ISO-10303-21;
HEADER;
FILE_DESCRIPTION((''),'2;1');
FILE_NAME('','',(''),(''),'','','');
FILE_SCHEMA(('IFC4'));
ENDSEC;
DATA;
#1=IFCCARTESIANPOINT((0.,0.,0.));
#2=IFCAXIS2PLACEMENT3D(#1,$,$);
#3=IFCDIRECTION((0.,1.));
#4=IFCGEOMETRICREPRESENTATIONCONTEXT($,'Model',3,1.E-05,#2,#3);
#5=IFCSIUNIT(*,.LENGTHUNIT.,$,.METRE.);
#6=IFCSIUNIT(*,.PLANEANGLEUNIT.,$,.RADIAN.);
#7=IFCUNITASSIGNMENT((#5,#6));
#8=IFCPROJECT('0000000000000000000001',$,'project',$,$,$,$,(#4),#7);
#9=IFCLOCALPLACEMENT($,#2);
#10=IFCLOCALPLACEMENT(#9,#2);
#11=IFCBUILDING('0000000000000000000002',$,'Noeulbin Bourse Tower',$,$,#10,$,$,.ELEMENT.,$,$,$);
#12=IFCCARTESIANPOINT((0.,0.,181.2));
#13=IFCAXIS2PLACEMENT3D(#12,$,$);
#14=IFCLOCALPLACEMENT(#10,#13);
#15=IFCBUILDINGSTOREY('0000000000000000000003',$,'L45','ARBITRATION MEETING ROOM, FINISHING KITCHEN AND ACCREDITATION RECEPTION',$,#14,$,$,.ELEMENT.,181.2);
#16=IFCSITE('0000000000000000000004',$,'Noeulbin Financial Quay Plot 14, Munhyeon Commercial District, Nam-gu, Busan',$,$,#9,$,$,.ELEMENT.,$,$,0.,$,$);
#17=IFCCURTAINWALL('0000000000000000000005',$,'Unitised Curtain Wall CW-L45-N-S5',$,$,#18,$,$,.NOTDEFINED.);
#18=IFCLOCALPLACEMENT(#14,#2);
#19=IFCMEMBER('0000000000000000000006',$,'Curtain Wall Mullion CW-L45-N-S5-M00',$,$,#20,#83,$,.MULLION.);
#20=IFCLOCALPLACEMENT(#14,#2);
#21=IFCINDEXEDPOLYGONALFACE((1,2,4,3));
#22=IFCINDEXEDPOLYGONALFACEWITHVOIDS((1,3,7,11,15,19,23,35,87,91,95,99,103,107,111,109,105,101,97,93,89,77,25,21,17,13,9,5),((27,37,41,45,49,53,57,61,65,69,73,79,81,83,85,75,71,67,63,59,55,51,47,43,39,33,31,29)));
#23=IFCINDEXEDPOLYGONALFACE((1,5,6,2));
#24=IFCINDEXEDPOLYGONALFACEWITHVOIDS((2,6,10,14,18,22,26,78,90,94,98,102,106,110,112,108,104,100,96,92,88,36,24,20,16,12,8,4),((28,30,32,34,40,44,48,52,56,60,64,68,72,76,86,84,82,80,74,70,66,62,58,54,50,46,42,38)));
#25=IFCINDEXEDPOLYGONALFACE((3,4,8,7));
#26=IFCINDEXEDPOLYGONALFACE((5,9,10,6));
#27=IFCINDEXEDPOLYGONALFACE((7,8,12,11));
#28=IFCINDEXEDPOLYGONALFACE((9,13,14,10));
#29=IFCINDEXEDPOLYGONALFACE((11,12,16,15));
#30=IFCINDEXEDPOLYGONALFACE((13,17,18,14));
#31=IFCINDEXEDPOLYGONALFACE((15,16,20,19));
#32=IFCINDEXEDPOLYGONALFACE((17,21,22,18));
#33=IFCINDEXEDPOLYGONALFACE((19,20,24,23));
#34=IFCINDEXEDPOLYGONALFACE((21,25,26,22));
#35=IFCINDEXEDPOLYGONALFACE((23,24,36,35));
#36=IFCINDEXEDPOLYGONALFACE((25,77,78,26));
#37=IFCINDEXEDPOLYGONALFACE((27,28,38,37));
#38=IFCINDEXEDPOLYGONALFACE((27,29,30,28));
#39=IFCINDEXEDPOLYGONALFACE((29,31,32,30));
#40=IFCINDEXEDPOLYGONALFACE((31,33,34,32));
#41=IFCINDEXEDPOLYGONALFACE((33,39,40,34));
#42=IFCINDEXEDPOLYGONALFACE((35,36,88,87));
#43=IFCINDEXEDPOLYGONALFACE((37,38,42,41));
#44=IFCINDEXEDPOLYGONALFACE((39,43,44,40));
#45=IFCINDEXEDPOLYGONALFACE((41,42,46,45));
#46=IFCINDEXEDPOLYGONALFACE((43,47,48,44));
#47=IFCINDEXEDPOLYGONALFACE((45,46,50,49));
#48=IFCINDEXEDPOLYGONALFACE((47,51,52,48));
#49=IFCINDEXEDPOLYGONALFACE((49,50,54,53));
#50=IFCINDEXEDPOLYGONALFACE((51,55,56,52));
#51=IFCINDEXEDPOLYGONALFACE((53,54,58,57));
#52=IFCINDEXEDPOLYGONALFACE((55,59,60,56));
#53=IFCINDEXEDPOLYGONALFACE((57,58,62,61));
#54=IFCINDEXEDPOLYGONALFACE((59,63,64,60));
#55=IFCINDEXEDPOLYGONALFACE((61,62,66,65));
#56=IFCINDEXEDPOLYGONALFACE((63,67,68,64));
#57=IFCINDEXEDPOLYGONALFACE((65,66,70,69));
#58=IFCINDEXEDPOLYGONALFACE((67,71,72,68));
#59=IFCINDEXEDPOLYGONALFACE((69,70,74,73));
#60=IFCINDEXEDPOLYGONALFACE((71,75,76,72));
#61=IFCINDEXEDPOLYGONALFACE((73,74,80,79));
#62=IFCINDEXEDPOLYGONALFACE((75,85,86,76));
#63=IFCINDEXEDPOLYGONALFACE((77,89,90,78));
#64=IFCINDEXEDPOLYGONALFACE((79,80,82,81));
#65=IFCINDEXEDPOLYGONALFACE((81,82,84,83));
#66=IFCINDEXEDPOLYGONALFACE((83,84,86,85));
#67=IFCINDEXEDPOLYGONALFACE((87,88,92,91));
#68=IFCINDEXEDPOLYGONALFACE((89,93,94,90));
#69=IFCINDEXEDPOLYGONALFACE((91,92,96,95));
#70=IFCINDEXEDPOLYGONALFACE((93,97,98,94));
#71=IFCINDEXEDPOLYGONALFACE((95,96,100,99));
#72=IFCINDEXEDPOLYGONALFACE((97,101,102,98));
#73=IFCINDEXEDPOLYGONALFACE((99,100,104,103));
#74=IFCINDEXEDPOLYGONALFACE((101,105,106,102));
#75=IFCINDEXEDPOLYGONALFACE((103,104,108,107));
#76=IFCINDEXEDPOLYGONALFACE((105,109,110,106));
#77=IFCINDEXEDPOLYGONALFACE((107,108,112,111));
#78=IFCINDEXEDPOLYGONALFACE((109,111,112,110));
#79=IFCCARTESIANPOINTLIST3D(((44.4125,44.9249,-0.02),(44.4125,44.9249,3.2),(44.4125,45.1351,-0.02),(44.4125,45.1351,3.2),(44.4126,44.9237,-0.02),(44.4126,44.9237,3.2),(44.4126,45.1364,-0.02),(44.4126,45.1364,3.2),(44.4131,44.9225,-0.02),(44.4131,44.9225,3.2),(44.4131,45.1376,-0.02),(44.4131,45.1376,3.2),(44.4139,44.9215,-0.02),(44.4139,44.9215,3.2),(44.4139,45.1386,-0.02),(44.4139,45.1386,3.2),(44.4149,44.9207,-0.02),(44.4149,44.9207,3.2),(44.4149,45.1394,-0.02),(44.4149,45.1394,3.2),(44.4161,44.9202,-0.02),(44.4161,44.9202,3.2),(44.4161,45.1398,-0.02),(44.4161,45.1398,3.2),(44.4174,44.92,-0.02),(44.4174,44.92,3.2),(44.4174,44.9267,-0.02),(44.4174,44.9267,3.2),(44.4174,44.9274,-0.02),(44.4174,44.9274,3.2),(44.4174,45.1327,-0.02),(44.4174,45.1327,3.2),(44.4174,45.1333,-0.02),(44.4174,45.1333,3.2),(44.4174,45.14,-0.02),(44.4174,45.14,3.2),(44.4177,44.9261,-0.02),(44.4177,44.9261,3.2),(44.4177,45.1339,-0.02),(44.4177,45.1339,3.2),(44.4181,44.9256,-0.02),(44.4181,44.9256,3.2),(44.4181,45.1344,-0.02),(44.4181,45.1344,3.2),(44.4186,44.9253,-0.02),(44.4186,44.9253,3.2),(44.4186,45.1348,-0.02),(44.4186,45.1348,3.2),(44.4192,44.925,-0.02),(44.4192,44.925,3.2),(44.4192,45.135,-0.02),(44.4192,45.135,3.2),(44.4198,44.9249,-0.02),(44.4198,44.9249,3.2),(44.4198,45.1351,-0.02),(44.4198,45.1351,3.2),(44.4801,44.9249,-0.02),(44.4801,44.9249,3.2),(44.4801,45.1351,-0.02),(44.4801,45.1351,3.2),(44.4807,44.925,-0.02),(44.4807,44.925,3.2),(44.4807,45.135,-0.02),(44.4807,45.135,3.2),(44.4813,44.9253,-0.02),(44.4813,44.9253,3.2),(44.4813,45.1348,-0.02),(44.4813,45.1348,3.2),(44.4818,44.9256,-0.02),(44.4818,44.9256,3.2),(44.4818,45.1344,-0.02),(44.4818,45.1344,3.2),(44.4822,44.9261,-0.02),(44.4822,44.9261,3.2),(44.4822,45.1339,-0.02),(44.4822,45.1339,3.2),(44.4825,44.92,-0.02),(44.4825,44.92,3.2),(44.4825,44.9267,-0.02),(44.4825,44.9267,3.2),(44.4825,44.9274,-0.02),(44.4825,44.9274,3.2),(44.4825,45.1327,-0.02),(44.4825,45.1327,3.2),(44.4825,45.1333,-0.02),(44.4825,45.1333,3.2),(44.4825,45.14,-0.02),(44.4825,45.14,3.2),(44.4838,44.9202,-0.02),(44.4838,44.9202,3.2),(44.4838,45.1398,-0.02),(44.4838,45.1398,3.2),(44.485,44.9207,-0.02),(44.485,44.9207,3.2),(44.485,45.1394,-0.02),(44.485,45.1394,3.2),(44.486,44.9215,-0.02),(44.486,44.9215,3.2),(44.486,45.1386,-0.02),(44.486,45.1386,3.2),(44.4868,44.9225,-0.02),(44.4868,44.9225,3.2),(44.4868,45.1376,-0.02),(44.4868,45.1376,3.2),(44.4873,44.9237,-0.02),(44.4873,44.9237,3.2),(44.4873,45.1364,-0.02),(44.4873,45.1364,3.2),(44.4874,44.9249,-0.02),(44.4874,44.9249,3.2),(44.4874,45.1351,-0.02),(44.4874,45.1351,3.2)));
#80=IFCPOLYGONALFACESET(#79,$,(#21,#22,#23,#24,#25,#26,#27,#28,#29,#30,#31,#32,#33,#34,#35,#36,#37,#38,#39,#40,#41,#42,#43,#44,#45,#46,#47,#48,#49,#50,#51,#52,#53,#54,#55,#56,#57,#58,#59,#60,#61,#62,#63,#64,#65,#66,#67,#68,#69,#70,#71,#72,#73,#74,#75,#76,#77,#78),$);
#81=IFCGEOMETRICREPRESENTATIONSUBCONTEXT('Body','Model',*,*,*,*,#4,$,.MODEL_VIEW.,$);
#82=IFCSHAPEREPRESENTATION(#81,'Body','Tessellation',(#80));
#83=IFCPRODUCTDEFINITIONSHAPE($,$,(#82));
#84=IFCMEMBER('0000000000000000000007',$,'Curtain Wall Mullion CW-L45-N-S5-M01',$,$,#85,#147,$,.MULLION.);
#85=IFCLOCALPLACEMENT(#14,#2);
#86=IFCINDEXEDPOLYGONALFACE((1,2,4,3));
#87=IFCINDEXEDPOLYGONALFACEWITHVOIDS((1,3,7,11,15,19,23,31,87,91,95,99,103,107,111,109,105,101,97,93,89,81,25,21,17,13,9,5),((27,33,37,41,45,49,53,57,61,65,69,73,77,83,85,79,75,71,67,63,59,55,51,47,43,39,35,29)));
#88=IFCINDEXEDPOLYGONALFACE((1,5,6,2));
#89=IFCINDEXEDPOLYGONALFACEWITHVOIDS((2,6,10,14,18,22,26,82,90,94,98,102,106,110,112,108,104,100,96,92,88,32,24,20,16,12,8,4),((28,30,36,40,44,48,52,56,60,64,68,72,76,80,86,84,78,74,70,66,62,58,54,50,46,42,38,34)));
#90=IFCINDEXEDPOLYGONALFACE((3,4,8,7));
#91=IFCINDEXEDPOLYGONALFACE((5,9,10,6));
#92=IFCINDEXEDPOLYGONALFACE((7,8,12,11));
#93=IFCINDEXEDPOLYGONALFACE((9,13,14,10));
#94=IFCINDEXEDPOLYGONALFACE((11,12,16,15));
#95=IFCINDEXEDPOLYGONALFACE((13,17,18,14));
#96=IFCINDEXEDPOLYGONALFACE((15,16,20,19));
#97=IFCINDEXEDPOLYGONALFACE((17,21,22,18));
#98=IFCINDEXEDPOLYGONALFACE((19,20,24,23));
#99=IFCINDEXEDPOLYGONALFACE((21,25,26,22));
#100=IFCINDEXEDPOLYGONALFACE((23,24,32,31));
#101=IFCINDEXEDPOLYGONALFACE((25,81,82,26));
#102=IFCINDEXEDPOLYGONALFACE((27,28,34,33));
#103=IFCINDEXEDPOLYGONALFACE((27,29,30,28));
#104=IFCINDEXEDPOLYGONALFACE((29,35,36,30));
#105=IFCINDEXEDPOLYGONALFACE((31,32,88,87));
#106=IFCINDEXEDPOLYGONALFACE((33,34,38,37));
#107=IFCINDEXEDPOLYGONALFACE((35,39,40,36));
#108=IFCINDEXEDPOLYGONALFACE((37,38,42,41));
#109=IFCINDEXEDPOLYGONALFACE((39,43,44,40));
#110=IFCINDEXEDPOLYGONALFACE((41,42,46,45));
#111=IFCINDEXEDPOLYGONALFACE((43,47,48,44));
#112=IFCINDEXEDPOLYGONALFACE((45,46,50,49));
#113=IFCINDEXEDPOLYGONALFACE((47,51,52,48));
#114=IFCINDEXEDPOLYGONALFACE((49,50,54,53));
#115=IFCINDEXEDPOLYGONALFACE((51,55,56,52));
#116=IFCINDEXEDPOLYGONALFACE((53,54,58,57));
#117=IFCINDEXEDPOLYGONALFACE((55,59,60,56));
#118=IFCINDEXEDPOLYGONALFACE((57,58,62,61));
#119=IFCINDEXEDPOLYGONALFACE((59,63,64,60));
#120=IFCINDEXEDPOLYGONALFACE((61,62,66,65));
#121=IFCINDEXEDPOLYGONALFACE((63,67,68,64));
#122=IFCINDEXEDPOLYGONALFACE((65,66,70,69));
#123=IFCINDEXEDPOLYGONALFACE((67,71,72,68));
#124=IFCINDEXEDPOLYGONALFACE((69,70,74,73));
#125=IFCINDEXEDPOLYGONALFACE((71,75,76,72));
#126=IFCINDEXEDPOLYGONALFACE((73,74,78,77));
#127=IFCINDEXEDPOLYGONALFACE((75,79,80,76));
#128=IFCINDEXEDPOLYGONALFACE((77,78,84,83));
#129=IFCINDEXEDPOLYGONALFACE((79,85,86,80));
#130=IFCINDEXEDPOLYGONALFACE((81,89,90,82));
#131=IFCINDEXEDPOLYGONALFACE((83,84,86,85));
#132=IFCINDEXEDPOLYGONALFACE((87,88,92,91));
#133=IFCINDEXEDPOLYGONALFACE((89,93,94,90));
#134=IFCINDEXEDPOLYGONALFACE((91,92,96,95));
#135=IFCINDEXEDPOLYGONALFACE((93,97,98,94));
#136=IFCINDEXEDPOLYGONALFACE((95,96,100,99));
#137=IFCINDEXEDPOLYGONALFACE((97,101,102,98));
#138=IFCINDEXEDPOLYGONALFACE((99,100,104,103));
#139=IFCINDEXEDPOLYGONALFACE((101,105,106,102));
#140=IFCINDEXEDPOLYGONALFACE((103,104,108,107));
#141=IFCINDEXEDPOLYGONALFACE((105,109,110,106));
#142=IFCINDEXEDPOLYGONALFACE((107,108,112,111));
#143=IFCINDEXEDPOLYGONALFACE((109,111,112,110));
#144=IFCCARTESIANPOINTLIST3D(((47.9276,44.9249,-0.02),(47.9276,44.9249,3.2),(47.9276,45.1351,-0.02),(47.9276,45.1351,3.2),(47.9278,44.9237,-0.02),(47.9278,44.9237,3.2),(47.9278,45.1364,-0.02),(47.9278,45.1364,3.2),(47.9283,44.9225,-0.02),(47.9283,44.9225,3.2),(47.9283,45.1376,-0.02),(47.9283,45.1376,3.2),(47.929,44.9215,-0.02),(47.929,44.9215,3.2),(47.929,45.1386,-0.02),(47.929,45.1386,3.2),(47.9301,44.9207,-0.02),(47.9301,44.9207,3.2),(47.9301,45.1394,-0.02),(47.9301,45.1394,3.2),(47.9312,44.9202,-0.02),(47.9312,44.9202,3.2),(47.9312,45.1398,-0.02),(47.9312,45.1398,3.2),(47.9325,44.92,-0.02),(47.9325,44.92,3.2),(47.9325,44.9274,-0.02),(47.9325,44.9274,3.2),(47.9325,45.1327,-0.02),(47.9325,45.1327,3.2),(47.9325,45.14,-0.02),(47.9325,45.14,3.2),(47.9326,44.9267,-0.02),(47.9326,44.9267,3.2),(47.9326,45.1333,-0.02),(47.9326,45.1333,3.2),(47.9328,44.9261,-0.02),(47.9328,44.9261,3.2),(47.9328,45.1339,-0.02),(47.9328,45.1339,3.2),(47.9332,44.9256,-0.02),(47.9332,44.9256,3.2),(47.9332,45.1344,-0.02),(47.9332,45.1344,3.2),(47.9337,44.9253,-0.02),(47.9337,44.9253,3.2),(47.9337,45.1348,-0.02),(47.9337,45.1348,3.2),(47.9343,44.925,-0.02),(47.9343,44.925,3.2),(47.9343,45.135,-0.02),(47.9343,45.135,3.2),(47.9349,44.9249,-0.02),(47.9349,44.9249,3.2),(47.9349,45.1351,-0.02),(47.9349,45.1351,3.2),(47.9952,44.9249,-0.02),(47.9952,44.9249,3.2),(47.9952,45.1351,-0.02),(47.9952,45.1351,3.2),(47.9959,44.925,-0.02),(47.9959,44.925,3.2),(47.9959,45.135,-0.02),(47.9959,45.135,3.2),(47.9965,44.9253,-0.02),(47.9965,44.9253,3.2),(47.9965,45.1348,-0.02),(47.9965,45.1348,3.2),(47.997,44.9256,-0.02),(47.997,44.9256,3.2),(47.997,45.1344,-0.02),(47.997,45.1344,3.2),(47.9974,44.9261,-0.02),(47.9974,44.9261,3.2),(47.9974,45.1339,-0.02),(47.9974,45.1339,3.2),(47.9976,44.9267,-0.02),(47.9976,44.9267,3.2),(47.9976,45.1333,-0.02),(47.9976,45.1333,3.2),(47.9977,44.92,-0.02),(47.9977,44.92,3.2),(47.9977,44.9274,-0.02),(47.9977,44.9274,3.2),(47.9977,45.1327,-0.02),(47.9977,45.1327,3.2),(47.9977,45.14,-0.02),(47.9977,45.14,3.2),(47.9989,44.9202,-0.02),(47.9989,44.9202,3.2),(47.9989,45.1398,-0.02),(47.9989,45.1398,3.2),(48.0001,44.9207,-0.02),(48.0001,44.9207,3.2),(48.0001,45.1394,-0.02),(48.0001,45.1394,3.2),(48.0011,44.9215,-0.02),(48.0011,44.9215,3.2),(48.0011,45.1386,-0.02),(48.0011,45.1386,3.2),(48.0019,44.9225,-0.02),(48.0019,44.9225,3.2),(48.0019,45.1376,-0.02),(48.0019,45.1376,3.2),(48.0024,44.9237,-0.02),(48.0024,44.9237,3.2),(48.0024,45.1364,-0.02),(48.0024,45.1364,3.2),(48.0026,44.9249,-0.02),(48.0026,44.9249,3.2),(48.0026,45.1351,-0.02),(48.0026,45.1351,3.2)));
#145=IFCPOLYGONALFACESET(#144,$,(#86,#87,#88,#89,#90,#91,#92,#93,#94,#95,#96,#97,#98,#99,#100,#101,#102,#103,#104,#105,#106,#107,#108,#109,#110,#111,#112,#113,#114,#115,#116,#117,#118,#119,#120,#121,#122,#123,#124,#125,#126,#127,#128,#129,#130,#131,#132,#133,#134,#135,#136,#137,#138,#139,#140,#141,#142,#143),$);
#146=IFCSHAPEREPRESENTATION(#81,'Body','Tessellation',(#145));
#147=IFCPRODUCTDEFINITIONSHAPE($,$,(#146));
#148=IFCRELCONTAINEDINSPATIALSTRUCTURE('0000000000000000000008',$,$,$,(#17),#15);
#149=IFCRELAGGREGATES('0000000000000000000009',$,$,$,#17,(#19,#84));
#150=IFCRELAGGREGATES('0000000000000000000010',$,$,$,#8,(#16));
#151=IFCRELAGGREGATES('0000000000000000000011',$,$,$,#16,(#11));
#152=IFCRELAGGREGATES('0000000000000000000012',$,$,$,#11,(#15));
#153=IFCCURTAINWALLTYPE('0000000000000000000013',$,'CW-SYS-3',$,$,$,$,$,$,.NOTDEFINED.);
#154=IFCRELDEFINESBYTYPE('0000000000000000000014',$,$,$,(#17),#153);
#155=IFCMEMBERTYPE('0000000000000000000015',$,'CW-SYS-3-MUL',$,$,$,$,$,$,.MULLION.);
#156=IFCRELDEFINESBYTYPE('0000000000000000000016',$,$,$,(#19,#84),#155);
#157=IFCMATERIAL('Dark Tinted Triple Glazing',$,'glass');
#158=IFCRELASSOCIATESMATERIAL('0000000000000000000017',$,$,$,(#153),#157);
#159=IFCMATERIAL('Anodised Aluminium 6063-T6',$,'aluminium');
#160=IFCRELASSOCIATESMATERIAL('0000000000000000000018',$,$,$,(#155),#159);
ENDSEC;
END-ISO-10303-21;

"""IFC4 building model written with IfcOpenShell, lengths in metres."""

from ifc_helpers import new_model, si_unit, direction, frame, origin, origin_2d, place, context, subcontext, project, spatial, hollow_rectangle, extrude, material, material_profile, profile_set, type_object, element, aggregate, save


model = new_model("IFC4")

# Units and contexts
model_context = context("Model", 3, precision=1e-05, world=origin(), true_north=direction((0.0, 1.0)))
body_context = subcontext(model_context, "Body", "Model", "MODEL_VIEW")
ifc_project = project(units=[si_unit("LENGTHUNIT", "METRE"), si_unit("PLANEANGLEUNIT", "RADIAN")], contexts=[model_context])

# Site, building, storey
site_placement = place(None, origin())
site = spatial("IfcSite", under=ifc_project, at=site_placement, Name="Noeulbin Financial Quay Plot 14, Munhyeon Commercial District, Nam-gu, Busan", CompositionType="ELEMENT", RefElevation=0.0)
building_placement = place(site_placement, origin())
building = spatial("IfcBuilding", under=site, at=building_placement, Name="Noeulbin Bourse Tower", CompositionType="ELEMENT")
storey_placement = place(building_placement, frame((0.0, 0.0, 181.2)))
storey = spatial("IfcBuildingStorey", under=building, at=storey_placement, Name="L45", Description="ARBITRATION MEETING ROOM, FINISHING KITCHEN AND ACCREDITATION RECEPTION", CompositionType="ELEMENT", Elevation=181.2)

# Shared definitions
ifc_material_1 = material(Name="Dark Tinted Triple Glazing", Category="glass")
curtain_wall_type = type_object("IfcCurtainWallType", Name="CW-SYS-3", PredefinedType="NOTDEFINED", material=ifc_material_1)
ifc_material_2 = material(Name="Anodised Aluminium 6063-T6", Category="aluminium")
ifc_material_profile_1 = material_profile(ifc_material_2, hollow_rectangle(XDim=0.075, YDim=0.22, WallThickness=0.0049, InnerFilletRadius=0.0024, OuterFilletRadius=0.0049, at=origin_2d()), Name="ALU-MULL-75x220x5", Category="LoadBearing")
ifc_profile_set_1 = profile_set([ifc_material_profile_1], Name="Anodised Aluminium 6063-T6")
member_type_1 = type_object("IfcMemberType", Name="CW-SYS-3-MUL", PredefinedType="MULLION", material=ifc_profile_set_1)

# Curtain wall, members
curtain_wall_1_placement = place(storey_placement, origin())
curtain_wall_1 = element("IfcCurtainWall", 1, at=curtain_wall_1_placement, inside=storey, type_object=curtain_wall_type, Name="Unitised Curtain Wall CW-L45-N-S5", PredefinedType="NOTDEFINED")
member_1_placement = place(storey_placement, frame((44.45, 45.03, -0.02), z_axis=(0.0, 0.0, 1.0), x_axis=(1.0, 0.0, 0.0)))
member_1 = element("IfcMember", 2, at=member_1_placement, type_object=member_type_1, Name="Curtain Wall Mullion CW-L45-N-S5-M00", PredefinedType="MULLION", context=body_context, shape_type="SweptSolid", body=[
    extrude(hollow_rectangle(XDim=0.075, YDim=0.22, WallThickness=0.0049, InnerFilletRadius=0.0024, OuterFilletRadius=0.0049, at=origin_2d()), origin(), (0.0, 0.0, 1.0), 3.22),
])
member_2_placement = place(storey_placement, frame((47.9651, 45.03, -0.02), z_axis=(0.0, 0.0, 1.0), x_axis=(1.0, 0.0, 0.0)))
member_2 = element("IfcMember", 3, at=member_2_placement, type_object=member_type_1, Name="Curtain Wall Mullion CW-L45-N-S5-M01", PredefinedType="MULLION", context=body_context, shape_type="SweptSolid", body=[
    extrude(hollow_rectangle(XDim=0.075, YDim=0.22, WallThickness=0.0049, InnerFilletRadius=0.0024, OuterFilletRadius=0.0049, at=origin_2d()), origin(), (0.0, 0.0, 1.0), 3.22),
])

aggregate(curtain_wall_1, [member_1, member_2])

save(model, "model.ifc")
